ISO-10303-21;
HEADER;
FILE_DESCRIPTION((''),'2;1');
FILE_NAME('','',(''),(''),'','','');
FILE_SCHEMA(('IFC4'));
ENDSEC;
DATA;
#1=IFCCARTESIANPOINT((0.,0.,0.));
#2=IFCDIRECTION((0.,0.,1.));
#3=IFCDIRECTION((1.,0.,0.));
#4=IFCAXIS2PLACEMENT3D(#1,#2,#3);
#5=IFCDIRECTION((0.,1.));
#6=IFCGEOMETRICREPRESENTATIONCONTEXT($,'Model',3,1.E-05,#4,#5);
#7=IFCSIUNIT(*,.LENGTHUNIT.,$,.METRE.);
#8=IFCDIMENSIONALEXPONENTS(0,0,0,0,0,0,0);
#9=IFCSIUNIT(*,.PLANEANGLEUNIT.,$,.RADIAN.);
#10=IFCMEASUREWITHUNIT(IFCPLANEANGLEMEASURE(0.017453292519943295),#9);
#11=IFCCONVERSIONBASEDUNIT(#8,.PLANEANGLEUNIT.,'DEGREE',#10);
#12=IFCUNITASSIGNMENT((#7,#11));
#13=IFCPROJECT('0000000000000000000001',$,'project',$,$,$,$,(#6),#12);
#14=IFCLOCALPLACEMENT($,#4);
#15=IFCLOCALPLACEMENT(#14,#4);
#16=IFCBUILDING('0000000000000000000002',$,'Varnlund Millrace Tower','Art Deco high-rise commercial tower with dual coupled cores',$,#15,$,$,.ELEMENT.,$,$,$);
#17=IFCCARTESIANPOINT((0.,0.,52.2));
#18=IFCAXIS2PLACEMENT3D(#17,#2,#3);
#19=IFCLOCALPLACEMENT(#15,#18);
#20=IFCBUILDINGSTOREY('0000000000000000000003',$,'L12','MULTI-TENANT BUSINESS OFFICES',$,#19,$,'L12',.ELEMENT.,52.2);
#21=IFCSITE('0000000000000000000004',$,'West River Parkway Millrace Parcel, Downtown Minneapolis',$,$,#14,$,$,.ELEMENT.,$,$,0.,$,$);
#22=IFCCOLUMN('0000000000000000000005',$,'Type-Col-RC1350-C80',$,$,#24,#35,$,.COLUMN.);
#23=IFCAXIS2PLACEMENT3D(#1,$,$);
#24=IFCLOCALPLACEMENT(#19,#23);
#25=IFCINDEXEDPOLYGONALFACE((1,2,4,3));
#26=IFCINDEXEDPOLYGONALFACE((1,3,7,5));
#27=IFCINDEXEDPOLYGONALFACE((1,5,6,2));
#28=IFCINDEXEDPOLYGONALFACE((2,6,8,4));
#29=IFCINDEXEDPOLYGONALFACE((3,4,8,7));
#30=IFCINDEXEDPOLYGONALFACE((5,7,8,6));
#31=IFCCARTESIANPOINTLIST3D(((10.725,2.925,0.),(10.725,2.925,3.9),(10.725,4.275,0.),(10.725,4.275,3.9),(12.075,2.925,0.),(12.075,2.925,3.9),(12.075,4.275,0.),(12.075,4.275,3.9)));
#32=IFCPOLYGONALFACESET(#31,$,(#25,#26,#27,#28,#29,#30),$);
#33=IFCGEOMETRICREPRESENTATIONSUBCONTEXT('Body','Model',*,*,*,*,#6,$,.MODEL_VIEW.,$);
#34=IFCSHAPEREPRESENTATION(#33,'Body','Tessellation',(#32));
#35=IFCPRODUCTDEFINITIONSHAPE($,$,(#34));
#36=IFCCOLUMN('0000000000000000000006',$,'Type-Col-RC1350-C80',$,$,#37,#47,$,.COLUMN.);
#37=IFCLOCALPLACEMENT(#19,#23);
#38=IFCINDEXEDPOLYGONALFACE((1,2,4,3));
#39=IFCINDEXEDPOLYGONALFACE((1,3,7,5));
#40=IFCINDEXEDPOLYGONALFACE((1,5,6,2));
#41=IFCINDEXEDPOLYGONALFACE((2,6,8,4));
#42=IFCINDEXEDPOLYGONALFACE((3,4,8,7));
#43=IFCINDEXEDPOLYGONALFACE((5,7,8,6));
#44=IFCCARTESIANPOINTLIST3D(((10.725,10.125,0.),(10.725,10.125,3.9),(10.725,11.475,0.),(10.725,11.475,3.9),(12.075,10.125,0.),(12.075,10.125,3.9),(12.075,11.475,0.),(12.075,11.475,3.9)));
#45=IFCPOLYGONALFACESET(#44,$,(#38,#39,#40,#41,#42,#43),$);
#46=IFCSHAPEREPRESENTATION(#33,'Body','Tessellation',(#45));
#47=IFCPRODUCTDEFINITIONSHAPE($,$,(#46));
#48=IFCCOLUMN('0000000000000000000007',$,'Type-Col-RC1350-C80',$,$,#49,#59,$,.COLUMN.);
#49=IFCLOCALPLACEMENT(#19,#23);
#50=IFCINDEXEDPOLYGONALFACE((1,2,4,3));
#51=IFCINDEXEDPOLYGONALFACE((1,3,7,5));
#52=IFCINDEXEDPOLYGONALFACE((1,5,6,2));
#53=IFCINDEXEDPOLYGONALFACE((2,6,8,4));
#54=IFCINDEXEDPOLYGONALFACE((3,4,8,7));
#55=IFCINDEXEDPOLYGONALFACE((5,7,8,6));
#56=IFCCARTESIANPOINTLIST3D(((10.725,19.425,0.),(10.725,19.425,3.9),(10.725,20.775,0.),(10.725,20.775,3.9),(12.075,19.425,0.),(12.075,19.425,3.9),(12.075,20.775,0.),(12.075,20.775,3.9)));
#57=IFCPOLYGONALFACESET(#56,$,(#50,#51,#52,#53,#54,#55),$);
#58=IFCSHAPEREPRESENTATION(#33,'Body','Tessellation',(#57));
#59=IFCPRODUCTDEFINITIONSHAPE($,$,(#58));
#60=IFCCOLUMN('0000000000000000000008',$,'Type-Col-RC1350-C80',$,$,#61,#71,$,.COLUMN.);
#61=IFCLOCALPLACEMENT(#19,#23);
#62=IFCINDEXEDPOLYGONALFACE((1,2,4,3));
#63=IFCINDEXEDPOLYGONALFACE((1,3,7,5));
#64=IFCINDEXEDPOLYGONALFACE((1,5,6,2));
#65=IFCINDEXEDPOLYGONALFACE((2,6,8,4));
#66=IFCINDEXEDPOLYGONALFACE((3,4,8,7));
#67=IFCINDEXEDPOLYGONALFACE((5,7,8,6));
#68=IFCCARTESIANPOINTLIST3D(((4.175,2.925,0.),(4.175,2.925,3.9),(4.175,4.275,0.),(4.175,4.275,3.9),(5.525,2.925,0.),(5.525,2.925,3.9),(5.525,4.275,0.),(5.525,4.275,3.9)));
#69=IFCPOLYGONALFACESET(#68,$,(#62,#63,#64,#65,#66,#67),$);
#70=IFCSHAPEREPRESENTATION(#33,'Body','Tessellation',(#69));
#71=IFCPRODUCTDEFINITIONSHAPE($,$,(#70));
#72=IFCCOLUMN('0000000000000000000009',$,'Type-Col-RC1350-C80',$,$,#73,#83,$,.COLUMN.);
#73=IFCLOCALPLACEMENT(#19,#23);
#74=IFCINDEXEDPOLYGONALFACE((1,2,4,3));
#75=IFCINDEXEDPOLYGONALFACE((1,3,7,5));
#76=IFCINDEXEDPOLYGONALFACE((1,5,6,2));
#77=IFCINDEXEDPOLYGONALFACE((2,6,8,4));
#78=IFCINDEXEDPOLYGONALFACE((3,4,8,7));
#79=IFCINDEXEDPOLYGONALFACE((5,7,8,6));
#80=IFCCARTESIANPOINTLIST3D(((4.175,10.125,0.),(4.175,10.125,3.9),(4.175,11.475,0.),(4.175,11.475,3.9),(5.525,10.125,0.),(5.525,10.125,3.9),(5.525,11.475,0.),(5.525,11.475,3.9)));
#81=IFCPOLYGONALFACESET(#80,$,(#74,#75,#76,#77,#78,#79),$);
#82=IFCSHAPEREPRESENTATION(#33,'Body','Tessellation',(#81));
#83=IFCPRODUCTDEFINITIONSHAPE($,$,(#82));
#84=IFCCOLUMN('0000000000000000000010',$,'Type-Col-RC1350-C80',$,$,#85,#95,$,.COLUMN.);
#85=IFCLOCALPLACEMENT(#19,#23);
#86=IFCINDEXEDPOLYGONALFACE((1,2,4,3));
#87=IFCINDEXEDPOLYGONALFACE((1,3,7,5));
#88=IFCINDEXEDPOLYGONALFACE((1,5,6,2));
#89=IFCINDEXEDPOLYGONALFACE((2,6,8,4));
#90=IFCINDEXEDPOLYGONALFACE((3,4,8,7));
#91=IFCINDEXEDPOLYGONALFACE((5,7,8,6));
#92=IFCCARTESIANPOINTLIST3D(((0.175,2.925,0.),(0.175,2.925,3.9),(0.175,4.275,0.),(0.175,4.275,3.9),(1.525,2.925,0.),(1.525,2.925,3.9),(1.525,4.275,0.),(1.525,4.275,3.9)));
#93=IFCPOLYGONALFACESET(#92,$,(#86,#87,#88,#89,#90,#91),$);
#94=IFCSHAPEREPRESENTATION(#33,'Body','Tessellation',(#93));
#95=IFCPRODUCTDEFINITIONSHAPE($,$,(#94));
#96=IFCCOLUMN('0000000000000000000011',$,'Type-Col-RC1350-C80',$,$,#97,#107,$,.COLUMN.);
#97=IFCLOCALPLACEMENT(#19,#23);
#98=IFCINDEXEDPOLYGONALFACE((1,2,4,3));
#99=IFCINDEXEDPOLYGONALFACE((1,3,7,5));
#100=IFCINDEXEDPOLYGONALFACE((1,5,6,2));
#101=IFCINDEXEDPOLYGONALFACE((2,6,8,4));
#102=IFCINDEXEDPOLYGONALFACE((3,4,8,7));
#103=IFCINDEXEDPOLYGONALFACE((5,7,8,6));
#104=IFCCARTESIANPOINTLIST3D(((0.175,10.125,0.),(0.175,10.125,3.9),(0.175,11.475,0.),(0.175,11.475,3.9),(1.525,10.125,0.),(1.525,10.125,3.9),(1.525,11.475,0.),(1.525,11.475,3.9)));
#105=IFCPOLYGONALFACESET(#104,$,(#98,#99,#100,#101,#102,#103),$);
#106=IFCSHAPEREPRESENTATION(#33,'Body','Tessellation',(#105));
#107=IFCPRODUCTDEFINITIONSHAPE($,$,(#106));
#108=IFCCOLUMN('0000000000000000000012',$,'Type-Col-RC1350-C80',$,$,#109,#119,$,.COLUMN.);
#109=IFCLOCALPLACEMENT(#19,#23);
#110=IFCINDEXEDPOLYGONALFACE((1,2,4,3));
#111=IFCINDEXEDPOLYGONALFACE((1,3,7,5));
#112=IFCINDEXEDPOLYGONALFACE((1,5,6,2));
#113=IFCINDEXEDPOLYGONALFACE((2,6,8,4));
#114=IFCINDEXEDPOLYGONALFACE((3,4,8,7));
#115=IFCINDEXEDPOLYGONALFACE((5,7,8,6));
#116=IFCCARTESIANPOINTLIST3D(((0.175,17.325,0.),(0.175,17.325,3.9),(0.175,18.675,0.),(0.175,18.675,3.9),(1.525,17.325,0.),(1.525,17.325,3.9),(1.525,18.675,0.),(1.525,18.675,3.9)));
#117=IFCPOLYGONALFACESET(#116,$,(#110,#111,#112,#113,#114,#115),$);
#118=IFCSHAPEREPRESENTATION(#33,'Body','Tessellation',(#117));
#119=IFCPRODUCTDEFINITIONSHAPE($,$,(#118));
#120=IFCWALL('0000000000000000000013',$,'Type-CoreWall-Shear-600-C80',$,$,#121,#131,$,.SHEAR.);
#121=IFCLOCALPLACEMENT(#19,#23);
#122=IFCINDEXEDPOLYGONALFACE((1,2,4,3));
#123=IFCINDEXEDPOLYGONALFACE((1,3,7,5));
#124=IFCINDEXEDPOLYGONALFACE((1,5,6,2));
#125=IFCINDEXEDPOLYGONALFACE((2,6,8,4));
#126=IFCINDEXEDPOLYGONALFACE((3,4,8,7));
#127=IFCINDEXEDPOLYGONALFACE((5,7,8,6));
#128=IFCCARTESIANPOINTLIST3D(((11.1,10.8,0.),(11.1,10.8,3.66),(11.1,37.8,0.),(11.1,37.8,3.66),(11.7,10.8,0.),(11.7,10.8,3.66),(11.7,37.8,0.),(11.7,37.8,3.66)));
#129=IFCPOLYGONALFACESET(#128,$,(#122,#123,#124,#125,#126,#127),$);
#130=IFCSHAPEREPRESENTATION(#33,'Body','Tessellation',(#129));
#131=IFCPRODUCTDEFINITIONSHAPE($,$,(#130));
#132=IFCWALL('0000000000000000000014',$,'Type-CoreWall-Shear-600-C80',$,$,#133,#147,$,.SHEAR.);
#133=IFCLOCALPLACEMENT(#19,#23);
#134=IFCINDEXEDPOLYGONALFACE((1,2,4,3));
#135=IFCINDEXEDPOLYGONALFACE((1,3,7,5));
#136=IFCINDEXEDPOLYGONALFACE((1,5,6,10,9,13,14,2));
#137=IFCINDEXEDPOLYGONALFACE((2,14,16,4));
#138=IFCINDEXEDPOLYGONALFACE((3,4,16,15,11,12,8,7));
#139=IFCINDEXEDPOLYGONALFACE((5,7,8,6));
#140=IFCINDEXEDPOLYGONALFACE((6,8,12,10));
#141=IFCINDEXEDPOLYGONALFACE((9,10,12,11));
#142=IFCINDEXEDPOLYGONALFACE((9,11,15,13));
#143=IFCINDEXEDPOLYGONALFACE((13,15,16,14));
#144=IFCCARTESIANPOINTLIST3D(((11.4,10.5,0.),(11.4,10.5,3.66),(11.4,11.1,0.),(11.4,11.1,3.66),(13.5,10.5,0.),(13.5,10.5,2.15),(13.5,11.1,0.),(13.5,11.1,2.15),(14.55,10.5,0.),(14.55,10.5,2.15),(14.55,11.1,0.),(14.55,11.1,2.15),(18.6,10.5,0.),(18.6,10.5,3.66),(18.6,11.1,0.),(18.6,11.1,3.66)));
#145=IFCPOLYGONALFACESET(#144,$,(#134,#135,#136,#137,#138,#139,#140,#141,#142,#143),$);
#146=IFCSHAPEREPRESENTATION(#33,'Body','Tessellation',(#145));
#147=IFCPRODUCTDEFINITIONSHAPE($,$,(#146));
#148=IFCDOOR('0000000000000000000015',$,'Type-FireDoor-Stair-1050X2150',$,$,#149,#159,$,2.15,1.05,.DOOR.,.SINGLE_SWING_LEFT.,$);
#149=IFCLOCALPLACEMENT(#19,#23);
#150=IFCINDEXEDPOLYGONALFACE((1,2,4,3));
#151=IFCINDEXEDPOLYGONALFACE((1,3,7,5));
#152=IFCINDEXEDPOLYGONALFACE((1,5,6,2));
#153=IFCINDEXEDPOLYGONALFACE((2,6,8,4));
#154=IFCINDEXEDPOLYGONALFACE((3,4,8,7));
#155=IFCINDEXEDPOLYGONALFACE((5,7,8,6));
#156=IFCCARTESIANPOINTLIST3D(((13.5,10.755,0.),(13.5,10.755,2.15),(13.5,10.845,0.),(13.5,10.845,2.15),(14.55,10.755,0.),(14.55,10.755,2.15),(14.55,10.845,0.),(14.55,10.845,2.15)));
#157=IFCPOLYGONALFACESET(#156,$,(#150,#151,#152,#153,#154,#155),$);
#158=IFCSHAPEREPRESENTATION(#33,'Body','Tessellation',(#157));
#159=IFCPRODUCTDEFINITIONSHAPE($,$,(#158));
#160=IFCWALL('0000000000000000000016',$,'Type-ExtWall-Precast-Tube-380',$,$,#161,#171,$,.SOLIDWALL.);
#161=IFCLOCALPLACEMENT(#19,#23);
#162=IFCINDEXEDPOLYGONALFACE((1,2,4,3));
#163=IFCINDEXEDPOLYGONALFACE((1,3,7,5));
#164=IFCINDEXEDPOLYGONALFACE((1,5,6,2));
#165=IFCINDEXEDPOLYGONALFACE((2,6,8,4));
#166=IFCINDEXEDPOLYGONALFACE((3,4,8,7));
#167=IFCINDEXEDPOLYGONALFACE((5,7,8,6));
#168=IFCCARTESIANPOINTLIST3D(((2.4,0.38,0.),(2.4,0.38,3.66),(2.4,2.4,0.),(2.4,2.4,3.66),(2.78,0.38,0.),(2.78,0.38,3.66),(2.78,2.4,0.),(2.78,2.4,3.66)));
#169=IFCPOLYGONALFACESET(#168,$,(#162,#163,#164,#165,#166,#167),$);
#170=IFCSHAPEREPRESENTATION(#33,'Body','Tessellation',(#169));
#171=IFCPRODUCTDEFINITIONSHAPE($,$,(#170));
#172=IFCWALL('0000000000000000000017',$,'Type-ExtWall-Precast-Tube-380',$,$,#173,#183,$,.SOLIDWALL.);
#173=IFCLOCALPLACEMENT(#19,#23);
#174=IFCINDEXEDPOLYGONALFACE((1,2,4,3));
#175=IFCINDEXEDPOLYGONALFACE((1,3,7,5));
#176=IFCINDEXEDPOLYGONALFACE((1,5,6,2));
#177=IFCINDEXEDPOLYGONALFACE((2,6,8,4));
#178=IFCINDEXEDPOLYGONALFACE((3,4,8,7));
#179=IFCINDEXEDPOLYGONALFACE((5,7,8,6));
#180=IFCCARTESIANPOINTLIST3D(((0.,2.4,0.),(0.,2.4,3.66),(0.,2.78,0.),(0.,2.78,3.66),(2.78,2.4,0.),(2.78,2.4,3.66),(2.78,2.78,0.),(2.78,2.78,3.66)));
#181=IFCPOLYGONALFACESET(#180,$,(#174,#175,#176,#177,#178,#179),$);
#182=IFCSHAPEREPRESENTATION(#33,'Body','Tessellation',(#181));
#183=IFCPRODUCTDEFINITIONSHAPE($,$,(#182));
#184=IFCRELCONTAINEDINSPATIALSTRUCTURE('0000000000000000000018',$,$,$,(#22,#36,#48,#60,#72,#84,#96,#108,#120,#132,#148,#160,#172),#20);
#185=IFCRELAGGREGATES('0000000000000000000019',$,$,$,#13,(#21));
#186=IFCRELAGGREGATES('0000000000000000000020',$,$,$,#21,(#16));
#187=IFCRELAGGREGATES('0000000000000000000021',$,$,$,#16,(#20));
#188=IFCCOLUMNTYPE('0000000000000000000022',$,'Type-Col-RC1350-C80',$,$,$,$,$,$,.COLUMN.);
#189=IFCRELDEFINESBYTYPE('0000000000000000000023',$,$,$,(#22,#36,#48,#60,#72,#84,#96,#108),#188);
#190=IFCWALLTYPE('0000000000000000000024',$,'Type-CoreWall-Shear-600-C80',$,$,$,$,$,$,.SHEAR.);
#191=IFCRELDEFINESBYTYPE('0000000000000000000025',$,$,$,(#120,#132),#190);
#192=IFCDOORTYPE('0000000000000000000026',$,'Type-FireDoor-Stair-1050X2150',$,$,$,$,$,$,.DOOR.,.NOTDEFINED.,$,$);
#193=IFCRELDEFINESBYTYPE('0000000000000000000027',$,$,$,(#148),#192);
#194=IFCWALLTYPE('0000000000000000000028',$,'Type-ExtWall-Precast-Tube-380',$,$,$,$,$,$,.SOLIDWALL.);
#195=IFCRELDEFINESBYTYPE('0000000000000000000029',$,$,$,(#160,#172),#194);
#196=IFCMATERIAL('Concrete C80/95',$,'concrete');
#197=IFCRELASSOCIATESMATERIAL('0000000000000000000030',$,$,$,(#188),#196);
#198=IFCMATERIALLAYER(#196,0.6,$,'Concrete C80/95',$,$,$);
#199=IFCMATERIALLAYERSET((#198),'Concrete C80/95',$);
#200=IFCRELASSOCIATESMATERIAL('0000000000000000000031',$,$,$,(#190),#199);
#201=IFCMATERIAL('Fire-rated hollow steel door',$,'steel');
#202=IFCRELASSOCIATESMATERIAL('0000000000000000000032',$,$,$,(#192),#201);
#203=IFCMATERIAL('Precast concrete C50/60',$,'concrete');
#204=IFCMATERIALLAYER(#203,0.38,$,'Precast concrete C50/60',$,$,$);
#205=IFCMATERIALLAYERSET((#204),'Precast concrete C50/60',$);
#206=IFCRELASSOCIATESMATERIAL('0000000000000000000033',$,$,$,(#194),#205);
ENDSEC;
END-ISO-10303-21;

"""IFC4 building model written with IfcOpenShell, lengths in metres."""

from ifc_helpers import new_model, entity, si_unit, converted_unit, direction, frame, origin_with_axes, origin_2d_with_axis, place, context, subcontext, project, spatial, polyline, rectangle, outline, extrude, material, layer, layer_set, material_profile, profile_set, type_object, element, fill, save


model = new_model("IFC4")

# Units and contexts
model_context = context("Model", 3, precision=1e-05, world=origin_with_axes(), true_north=direction((0.0, 1.0)))
body_context = subcontext(model_context, "Body", "Model", "MODEL_VIEW")
ifc_project = project(units=[si_unit("LENGTHUNIT", "METRE"), converted_unit("PLANEANGLEUNIT", "DEGREE", entity("IfcPlaneAngleMeasure", 0.017453292519943295), si_unit("PLANEANGLEUNIT", "RADIAN"), dimensions=[0, 0, 0, 0, 0, 0, 0])], contexts=[model_context])

# Site, building, storey
site_placement = place(None, origin_with_axes())
site = spatial("IfcSite", under=ifc_project, at=site_placement, Name="West River Parkway Millrace Parcel, Downtown Minneapolis", CompositionType="ELEMENT", RefElevation=0.0)
building_placement = place(site_placement, origin_with_axes())
building = spatial("IfcBuilding", under=site, at=building_placement, Name="Varnlund Millrace Tower", Description="Art Deco high-rise commercial tower with dual coupled cores", CompositionType="ELEMENT")
storey_placement = place(building_placement, frame((0.0, 0.0, 52.2), z_axis=(0.0, 0.0, 1.0), x_axis=(1.0, 0.0, 0.0)))
storey = spatial("IfcBuildingStorey", under=building, at=storey_placement, Name="L12", Description="MULTI-TENANT BUSINESS OFFICES", LongName="L12", CompositionType="ELEMENT", Elevation=52.2)

# Columns
ifc_material_1 = material(Name="Concrete C80/95", Category="concrete")
ifc_material_profile = material_profile(ifc_material_1, rectangle(XDim=1.35, YDim=1.35, at=origin_2d_with_axis()), Name="Concrete C80/95")
ifc_profile_set = profile_set([ifc_material_profile], Name="Concrete C80/95")
column_type = type_object("IfcColumnType", Name="Type-Col-RC1350-C80", PredefinedType="COLUMN", material=ifc_profile_set)
for number, where, z_axis, x_axis, name in (
    (1, (11.4, 3.6, 0.0), (0.0, 0.0, 1.0), (1.0, 0.0, 0.0), "Type-Col-RC1350-C80"),
    (2, (11.4, 10.8, 0.0), (0.0, 0.0, 1.0), (1.0, 0.0, 0.0), "Type-Col-RC1350-C80"),
    (3, (11.4, 20.1, 0.0), (0.0, 0.0, 1.0), (1.0, 0.0, 0.0), "Type-Col-RC1350-C80"),
    (4, (4.85, 3.6, 0.0), (0.0, 0.0, 1.0), (1.0, 0.0, 0.0), "Type-Col-RC1350-C80"),
    (5, (4.85, 10.8, 0.0), (0.0, 0.0, 1.0), (1.0, 0.0, 0.0), "Type-Col-RC1350-C80"),
    (6, (0.85, 3.6, 0.0), (0.0, 0.0, 1.0), (1.0, 0.0, 0.0), "Type-Col-RC1350-C80"),
    (7, (0.85, 10.8, 0.0), (0.0, 0.0, 1.0), (1.0, 0.0, 0.0), "Type-Col-RC1350-C80"),
    (8, (0.85, 18.0, 0.0), (0.0, 0.0, 1.0), (1.0, 0.0, 0.0), "Type-Col-RC1350-C80"),
):
    element("IfcColumn", number, at=place(storey_placement, frame(where, z_axis=z_axis, x_axis=x_axis)), inside=storey, type_object=column_type, Name=name, PredefinedType="COLUMN", context=body_context, shape_type="SweptSolid", body=[
        extrude(rectangle(XDim=1.35, YDim=1.35, at=origin_2d_with_axis()), origin_with_axes(), (0.0, 0.0, 1.0), 3.9),
    ])

# Wall
ifc_layer_1 = layer(ifc_material_1, 0.6, Name="Concrete C80/95")
ifc_layer_set_1 = layer_set([ifc_layer_1], Name="Concrete C80/95")
wall_type_1 = type_object("IfcWallType", Name="Type-CoreWall-Shear-600-C80", PredefinedType="SHEAR", material=ifc_layer_set_1)
wall_1_placement = place(storey_placement, frame((11.4, 10.8, 0.0), z_axis=(0.0, 0.0, 1.0), x_axis=(0.0, 1.0, 0.0)))
element("IfcWall", 9, at=wall_1_placement, inside=storey, type_object=wall_type_1, Name="Type-CoreWall-Shear-600-C80", PredefinedType="SHEAR", context=body_context, shape_type="SweptSolid", body=[
    extrude(outline(polyline([(0.0, -0.3), (27.0, -0.3), (27.0, 0.3), (0.0, 0.3), (0.0, -0.3)])), origin_with_axes(), (0.0, 0.0, 1.0), 3.66),
])

# Wall, opening, door
wall_2_placement = place(storey_placement, frame((11.4, 10.8, 0.0), z_axis=(0.0, 0.0, 1.0), x_axis=(1.0, 0.0, 0.0)))
wall_2 = element("IfcWall", 10, at=wall_2_placement, inside=storey, type_object=wall_type_1, Name="Type-CoreWall-Shear-600-C80", PredefinedType="SHEAR", context=body_context, shape_type="SweptSolid", body=[
    extrude(outline(polyline([(0.0, -0.3), (7.2, -0.3), (7.2, 0.3), (0.0, 0.3), (0.0, -0.3)])), origin_with_axes(), (0.0, 0.0, 1.0), 3.66),
])
opening_1_placement = place(wall_2_placement, frame((2.625, 0.0, 0.0), z_axis=(0.0, 0.0, 1.0), x_axis=(1.0, 0.0, 0.0)))
opening_1 = element("IfcOpeningElement", 11, at=opening_1_placement, cuts=wall_2, PredefinedType="OPENING", context=body_context, shape_type="SweptSolid", body=[
    extrude(rectangle(XDim=1.05, YDim=0.62, at=origin_2d_with_axis()), origin_with_axes(), (0.0, 0.0, 1.0), 2.15),
])
ifc_material_2 = material(Name="Fire-rated hollow steel door", Category="steel")
door_type_1 = type_object("IfcDoorType", Name="Type-FireDoor-Stair-1050X2150", OperationType="NOTDEFINED", PredefinedType="DOOR", material=ifc_material_2)
door_1_placement = place(wall_2_placement, frame((2.625, 0.0, 0.0), z_axis=(0.0, 0.0, 1.0), x_axis=(1.0, 0.0, 0.0)))
door_1 = element("IfcDoor", 12, at=door_1_placement, inside=storey, type_object=door_type_1, Name="Type-FireDoor-Stair-1050X2150", OperationType="SINGLE_SWING_LEFT", OverallHeight=2.15, OverallWidth=1.05, PredefinedType="DOOR", context=body_context, shape_type="SweptSolid", body=[
    extrude(rectangle(XDim=1.05, YDim=0.09, at=origin_2d_with_axis()), origin_with_axes(), (0.0, 0.0, 1.0), 2.15),
])
fill(opening_1, door_1)

# Walls
ifc_material_3 = material(Name="Precast concrete C50/60", Category="concrete")
ifc_layer_2 = layer(ifc_material_3, 0.38, Name="Precast concrete C50/60")
ifc_layer_set_2 = layer_set([ifc_layer_2], Name="Precast concrete C50/60")
wall_type_2 = type_object("IfcWallType", Name="Type-ExtWall-Precast-Tube-380", PredefinedType="SOLIDWALL", material=ifc_layer_set_2)
wall_3_placement = place(storey_placement, frame((2.59, 0.38, 0.0), z_axis=(0.0, 0.0, 1.0), x_axis=(0.0, 1.0, 0.0)))
element("IfcWall", 13, at=wall_3_placement, inside=storey, type_object=wall_type_2, Name="Type-ExtWall-Precast-Tube-380", PredefinedType="SOLIDWALL", context=body_context, shape_type="SweptSolid", body=[
    extrude(outline(polyline([(0.0, -0.19), (2.02, -0.19), (2.02, 0.19), (0.0, 0.19), (0.0, -0.19)])), origin_with_axes(), (0.0, 0.0, 1.0), 3.66),
])
wall_4_placement = place(storey_placement, frame((2.78, 2.59, 0.0), z_axis=(0.0, 0.0, 1.0), x_axis=(-1.0, 0.0, 0.0)))
element("IfcWall", 14, at=wall_4_placement, inside=storey, type_object=wall_type_2, Name="Type-ExtWall-Precast-Tube-380", PredefinedType="SOLIDWALL", context=body_context, shape_type="SweptSolid", body=[
    extrude(outline(polyline([(0.0, -0.19), (2.78, -0.19), (2.78, 0.19), (0.0, 0.19), (0.0, -0.19)])), origin_with_axes(), (0.0, 0.0, 1.0), 3.66),
])

save(model, "model.ifc")
